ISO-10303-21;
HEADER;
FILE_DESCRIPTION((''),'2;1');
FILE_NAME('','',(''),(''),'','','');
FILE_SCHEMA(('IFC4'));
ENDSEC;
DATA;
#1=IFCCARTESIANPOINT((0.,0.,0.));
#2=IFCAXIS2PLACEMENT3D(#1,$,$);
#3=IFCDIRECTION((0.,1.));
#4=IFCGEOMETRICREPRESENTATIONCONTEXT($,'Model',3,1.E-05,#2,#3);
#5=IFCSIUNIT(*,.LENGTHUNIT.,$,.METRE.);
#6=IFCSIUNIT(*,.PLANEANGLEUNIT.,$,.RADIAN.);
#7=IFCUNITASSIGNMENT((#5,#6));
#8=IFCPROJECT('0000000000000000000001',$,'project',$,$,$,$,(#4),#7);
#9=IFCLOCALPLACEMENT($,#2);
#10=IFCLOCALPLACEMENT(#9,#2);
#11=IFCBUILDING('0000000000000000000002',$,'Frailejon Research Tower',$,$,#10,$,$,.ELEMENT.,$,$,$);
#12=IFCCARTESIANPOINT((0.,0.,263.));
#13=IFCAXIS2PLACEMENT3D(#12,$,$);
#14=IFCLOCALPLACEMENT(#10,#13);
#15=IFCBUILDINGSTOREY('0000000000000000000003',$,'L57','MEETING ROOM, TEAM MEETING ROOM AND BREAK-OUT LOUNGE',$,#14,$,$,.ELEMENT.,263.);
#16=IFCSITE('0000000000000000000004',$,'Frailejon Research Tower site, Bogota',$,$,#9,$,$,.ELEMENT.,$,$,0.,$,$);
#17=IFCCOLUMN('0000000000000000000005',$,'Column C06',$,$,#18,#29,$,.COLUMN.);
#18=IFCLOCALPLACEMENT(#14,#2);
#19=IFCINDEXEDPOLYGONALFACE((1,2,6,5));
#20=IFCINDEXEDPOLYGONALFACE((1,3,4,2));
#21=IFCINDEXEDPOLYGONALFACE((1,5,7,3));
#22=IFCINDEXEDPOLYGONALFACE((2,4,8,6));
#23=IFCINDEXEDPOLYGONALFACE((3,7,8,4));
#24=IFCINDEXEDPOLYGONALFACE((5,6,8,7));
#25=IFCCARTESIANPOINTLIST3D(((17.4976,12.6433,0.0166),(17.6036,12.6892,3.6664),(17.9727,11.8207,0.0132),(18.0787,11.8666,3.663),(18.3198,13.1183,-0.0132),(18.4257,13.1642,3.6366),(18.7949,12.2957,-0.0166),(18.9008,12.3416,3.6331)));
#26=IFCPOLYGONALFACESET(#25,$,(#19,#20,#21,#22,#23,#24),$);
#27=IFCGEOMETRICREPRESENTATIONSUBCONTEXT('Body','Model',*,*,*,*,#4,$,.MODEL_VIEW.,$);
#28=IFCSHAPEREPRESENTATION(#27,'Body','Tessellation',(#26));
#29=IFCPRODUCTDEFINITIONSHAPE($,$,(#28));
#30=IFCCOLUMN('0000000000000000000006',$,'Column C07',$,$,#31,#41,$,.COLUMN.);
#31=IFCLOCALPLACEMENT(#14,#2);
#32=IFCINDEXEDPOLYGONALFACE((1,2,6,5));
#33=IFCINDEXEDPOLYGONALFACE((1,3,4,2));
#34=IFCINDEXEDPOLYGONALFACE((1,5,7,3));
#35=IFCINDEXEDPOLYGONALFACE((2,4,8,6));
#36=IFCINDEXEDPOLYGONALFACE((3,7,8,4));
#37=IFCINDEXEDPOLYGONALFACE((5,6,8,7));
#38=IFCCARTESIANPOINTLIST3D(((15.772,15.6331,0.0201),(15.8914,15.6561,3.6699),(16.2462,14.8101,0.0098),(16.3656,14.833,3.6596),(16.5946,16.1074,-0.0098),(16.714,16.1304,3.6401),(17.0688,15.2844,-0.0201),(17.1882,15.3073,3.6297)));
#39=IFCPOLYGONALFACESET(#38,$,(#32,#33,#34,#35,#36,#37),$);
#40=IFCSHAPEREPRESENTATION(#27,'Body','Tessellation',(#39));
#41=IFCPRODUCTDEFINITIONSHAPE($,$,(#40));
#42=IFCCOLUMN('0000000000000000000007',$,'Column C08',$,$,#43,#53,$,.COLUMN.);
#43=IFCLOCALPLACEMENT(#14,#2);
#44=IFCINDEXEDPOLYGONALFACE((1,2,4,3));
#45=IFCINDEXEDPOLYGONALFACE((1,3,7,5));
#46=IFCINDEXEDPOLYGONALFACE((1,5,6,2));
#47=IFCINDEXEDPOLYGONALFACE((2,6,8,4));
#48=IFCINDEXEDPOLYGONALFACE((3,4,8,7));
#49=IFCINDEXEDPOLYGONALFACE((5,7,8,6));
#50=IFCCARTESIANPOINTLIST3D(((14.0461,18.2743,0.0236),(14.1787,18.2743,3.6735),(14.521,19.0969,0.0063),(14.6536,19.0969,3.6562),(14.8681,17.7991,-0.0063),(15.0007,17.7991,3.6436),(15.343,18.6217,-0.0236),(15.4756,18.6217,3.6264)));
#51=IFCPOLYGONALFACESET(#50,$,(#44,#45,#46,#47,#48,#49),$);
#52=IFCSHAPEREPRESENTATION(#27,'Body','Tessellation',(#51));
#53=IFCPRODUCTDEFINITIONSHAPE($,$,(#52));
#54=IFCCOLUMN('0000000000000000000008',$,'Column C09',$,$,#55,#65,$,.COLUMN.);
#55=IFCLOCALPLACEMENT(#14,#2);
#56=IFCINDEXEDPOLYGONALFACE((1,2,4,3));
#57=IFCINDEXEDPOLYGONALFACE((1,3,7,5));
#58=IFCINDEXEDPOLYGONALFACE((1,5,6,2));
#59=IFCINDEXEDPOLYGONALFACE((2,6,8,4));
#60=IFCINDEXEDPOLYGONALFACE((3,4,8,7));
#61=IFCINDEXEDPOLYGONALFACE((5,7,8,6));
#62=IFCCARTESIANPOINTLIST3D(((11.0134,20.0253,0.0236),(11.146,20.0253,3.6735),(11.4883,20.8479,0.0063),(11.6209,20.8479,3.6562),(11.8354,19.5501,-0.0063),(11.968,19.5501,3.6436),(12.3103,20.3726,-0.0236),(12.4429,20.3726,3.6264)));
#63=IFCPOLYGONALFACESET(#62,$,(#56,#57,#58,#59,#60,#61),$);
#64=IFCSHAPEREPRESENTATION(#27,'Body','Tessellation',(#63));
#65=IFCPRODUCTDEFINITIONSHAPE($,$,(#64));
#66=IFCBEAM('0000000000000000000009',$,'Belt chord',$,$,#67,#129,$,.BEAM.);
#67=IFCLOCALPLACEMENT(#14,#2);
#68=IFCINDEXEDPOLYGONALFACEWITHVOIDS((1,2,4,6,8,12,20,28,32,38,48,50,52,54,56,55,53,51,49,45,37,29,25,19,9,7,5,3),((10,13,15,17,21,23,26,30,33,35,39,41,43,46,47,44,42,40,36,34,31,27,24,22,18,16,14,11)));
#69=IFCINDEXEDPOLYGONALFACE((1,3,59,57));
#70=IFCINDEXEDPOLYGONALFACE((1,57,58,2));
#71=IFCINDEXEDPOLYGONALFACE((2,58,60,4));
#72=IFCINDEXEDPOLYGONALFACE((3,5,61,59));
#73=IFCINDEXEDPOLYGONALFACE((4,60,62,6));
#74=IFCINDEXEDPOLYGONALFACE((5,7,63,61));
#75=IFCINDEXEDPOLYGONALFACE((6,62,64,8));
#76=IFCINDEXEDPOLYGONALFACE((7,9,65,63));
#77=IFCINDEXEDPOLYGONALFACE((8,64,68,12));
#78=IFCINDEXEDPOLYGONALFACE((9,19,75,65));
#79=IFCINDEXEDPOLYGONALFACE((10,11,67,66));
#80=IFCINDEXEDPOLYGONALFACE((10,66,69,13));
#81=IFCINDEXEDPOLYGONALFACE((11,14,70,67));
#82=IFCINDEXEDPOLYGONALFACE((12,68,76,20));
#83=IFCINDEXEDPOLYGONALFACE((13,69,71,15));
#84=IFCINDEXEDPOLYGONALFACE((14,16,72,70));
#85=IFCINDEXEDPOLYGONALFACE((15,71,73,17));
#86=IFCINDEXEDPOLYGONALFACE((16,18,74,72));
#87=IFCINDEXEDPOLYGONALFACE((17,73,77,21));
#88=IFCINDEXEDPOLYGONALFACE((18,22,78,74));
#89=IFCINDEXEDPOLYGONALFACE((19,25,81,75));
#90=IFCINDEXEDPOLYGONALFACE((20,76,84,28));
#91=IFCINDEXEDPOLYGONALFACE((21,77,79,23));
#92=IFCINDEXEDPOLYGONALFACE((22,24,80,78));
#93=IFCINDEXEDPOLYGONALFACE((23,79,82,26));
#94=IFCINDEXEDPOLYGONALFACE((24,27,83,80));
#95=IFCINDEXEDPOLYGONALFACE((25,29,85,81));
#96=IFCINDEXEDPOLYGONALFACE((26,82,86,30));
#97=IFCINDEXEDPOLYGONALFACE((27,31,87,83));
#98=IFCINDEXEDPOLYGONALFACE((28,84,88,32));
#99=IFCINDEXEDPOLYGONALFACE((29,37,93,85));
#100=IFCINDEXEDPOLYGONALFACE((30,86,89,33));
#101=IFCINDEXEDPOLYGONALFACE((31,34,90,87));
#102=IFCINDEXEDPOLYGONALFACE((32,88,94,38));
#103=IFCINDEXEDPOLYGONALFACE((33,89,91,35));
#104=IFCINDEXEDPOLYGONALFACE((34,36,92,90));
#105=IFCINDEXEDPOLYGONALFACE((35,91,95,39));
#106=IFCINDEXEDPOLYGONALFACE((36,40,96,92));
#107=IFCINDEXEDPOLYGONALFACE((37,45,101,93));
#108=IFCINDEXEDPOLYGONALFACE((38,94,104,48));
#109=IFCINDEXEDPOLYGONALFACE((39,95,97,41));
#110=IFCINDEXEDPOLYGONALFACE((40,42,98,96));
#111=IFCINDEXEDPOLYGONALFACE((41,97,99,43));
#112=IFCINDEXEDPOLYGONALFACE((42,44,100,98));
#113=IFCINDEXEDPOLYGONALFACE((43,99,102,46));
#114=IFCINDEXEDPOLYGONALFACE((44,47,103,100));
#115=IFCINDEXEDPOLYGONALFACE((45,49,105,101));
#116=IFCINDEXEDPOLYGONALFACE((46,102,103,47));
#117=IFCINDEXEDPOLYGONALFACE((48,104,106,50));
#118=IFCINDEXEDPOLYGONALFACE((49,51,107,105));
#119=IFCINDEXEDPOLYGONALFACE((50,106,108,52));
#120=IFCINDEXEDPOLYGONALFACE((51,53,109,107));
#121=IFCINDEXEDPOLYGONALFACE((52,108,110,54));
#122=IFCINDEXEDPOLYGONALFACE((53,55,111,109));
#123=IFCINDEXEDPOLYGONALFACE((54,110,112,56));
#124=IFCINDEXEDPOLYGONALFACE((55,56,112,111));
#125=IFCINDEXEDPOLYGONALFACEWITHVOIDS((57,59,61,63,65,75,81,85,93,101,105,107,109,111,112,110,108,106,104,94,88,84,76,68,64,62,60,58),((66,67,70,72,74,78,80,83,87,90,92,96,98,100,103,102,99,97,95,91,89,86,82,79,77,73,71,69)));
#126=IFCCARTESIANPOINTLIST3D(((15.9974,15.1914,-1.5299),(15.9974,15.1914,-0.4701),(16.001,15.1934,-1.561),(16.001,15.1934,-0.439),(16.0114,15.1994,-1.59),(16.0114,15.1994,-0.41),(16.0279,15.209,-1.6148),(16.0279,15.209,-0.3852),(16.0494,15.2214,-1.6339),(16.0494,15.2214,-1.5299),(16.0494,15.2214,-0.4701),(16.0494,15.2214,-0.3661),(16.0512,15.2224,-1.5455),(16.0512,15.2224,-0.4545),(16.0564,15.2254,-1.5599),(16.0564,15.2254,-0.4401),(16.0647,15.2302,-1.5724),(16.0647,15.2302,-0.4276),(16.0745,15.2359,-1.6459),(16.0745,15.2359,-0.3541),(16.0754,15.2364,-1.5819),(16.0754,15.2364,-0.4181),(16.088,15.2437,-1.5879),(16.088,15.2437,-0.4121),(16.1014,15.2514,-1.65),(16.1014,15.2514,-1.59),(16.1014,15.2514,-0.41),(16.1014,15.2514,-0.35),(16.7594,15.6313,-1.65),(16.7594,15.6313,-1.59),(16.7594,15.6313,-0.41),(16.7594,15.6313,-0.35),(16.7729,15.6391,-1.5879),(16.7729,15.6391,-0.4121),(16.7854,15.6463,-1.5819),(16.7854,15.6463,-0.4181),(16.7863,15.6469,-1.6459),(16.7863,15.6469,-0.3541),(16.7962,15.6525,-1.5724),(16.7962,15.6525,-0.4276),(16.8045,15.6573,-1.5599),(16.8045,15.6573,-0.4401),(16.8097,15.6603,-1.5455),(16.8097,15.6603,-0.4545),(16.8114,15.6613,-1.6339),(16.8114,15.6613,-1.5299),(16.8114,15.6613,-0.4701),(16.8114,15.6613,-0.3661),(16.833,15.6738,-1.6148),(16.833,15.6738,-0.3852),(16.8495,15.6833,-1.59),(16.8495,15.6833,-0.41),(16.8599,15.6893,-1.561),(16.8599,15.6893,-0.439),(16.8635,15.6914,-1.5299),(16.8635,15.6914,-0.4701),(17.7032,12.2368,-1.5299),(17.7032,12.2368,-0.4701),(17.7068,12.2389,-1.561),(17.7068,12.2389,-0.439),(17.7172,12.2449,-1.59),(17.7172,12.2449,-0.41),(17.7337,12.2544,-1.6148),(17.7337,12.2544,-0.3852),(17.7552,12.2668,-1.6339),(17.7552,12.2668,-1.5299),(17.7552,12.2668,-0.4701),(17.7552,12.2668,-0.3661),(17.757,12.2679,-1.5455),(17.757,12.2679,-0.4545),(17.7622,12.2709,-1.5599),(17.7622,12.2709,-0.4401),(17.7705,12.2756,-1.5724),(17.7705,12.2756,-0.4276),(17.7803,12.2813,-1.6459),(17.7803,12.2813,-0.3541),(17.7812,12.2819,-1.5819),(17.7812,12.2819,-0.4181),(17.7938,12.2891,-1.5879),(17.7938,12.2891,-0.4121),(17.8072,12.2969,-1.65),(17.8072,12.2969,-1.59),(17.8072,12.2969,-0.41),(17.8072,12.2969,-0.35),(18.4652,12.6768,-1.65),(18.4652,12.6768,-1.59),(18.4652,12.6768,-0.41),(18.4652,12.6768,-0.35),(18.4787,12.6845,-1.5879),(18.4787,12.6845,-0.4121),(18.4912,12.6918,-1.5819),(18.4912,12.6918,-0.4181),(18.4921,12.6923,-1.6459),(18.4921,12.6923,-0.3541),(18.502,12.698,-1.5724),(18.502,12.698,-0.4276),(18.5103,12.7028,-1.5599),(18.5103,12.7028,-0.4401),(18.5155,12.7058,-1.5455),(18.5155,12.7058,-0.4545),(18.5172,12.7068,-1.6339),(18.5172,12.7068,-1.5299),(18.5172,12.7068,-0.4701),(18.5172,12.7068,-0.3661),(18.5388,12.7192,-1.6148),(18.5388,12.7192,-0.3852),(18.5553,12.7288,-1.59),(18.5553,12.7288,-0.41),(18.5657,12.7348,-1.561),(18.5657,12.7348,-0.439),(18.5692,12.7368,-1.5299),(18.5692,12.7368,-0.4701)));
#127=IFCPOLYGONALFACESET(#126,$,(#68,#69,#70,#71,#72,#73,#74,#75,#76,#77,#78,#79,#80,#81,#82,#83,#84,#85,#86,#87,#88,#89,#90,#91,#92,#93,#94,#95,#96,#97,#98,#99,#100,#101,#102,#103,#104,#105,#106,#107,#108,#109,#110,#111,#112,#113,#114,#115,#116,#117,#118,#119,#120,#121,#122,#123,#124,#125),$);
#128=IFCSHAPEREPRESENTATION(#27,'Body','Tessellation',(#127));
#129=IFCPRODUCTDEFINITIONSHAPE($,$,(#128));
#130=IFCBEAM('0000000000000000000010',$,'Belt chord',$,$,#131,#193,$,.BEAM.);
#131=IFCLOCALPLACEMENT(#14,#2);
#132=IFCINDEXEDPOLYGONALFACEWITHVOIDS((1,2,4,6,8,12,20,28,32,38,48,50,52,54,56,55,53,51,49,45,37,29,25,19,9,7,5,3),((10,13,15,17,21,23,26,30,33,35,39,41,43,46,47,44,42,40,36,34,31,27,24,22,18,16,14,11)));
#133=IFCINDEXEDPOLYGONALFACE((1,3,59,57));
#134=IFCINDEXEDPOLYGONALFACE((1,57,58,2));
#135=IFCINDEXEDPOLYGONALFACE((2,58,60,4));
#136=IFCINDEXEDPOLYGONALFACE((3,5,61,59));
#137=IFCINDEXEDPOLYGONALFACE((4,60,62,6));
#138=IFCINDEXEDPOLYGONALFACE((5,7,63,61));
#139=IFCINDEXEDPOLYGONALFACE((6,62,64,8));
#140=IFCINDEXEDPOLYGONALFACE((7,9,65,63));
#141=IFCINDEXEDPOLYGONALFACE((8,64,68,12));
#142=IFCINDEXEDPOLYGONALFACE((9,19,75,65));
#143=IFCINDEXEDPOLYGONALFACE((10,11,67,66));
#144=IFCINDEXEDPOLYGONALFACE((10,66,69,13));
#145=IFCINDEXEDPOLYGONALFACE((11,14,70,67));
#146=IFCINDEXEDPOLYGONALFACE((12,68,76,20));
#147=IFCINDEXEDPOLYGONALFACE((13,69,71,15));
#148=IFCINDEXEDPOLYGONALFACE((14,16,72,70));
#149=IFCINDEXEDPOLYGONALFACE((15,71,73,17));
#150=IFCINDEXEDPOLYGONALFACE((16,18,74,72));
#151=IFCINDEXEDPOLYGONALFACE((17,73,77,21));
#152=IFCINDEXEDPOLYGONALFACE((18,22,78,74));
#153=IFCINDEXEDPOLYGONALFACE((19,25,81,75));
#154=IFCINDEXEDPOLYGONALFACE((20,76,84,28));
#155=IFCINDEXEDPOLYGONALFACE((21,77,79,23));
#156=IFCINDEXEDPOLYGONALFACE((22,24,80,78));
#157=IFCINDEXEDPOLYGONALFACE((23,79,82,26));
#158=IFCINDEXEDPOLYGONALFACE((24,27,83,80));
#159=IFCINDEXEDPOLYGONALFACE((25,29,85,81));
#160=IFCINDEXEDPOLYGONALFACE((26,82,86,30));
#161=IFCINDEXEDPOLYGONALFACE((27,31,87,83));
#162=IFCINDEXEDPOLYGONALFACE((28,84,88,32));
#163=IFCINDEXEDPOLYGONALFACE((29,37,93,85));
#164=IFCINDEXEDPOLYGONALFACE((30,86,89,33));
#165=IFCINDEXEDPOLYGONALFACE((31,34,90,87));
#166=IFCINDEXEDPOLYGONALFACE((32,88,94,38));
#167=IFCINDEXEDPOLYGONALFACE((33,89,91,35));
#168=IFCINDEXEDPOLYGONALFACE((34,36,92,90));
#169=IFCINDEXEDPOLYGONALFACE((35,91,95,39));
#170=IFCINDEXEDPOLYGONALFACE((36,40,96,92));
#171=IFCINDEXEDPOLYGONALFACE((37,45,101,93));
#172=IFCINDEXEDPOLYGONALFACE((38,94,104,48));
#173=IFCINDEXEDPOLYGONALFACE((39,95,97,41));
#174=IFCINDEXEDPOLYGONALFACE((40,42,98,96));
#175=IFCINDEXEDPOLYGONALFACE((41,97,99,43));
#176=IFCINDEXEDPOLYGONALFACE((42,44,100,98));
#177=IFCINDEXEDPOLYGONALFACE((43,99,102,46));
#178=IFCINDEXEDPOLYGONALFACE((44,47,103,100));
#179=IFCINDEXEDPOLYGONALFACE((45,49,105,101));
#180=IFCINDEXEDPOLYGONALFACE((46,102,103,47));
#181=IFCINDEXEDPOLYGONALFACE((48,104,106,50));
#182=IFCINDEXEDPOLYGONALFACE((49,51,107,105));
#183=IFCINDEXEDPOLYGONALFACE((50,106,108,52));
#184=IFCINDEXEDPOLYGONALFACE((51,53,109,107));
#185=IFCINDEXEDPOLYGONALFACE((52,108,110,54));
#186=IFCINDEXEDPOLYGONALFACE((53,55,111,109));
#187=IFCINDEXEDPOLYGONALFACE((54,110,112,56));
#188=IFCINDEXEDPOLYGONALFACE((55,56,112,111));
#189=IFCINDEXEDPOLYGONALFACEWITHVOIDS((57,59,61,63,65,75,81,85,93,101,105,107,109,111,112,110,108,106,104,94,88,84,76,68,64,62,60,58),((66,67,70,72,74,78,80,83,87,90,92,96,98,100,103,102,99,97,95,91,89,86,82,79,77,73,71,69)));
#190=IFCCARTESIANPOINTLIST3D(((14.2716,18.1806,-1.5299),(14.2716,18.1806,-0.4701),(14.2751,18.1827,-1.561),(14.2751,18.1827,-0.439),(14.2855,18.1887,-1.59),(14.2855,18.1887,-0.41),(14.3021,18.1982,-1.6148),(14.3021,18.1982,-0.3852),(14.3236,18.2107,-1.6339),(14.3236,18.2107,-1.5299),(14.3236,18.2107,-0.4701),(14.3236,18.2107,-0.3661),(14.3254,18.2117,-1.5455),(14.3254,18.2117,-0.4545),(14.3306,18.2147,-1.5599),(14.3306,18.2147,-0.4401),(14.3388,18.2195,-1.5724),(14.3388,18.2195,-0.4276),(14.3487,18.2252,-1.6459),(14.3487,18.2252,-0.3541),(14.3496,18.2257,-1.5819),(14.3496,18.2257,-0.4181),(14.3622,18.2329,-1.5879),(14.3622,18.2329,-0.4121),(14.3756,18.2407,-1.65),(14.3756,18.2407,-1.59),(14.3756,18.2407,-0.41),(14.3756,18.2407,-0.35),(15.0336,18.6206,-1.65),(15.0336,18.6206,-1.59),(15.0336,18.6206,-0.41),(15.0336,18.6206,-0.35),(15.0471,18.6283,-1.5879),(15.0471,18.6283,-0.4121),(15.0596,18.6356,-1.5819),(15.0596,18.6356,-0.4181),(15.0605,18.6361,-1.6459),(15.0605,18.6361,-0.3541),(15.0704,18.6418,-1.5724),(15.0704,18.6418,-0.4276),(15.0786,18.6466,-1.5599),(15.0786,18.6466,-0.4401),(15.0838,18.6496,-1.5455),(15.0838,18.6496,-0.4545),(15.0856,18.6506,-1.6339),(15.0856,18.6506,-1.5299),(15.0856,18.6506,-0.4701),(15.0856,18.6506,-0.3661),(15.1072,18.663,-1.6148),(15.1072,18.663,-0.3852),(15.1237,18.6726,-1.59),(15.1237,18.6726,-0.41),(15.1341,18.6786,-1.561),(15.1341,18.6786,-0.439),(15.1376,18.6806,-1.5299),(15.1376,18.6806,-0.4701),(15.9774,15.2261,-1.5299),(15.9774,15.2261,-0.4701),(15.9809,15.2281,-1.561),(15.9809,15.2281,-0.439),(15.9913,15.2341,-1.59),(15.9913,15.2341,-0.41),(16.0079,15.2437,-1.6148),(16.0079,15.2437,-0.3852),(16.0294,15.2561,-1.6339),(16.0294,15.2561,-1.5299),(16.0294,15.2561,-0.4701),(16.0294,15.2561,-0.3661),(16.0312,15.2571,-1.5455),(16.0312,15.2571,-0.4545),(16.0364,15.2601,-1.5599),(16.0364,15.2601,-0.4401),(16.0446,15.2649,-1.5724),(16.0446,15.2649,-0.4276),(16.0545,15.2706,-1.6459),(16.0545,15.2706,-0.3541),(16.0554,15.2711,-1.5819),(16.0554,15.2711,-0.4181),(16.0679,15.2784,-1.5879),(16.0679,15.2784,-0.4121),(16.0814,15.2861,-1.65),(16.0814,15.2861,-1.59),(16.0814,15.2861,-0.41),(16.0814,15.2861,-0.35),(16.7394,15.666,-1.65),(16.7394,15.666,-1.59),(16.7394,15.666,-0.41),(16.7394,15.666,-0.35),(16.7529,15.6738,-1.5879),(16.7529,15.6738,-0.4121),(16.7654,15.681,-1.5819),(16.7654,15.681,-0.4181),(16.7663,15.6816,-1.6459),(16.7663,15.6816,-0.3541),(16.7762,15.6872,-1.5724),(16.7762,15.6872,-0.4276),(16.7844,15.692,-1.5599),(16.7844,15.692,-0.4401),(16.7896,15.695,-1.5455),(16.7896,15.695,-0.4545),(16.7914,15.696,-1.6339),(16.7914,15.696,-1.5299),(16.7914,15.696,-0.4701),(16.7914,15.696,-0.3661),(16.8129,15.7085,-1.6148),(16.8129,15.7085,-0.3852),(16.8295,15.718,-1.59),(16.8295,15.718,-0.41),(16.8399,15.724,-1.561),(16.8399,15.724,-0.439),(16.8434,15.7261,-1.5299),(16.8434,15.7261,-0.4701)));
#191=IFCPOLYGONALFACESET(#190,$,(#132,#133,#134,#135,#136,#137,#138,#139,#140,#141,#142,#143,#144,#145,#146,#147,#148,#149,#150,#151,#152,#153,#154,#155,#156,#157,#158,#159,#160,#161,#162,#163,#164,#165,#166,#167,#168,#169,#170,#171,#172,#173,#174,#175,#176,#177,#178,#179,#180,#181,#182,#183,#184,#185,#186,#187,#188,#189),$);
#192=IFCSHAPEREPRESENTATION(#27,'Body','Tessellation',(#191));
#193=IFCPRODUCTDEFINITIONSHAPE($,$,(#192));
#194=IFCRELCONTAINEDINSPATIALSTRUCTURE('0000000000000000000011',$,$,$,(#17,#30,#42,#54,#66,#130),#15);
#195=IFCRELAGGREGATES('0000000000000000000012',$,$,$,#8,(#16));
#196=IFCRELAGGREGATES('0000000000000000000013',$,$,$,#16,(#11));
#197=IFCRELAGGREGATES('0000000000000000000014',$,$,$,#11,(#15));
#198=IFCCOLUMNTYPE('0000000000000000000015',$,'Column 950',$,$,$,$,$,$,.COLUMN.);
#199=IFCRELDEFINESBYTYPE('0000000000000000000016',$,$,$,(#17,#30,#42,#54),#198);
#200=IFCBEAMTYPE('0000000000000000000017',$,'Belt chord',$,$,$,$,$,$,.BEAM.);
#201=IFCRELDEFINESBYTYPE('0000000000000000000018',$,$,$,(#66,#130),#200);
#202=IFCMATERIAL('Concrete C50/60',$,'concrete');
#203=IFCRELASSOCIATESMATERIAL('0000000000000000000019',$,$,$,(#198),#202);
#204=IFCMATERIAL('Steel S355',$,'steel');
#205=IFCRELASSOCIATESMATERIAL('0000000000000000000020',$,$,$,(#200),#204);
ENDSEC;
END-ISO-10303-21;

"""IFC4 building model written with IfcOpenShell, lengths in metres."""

from ifc_helpers import new_model, si_unit, direction, frame, origin, origin_2d, place, context, subcontext, project, spatial, rectangle, hollow_rectangle, extrude, material, material_profile, profile_set, type_object, element, save


model = new_model("IFC4")

# Units and contexts
model_context = context("Model", 3, precision=1e-05, world=origin(), true_north=direction((0.0, 1.0)))
body_context = subcontext(model_context, "Body", "Model", "MODEL_VIEW")
ifc_project = project(units=[si_unit("LENGTHUNIT", "METRE"), si_unit("PLANEANGLEUNIT", "RADIAN")], contexts=[model_context])

# Site, building, storey
site_placement = place(None, origin())
site = spatial("IfcSite", under=ifc_project, at=site_placement, Name="Frailejon Research Tower site, Bogota", CompositionType="ELEMENT", RefElevation=0.0)
building_placement = place(site_placement, origin())
building = spatial("IfcBuilding", under=site, at=building_placement, Name="Frailejon Research Tower", CompositionType="ELEMENT")
storey_placement = place(building_placement, frame((0.0, 0.0, 263.0)))
storey = spatial("IfcBuildingStorey", under=building, at=storey_placement, Name="L57", Description="MEETING ROOM, TEAM MEETING ROOM AND BREAK-OUT LOUNGE", CompositionType="ELEMENT", Elevation=263.0)

# Columns
ifc_material_1 = material(Name="Concrete C50/60", Category="concrete")
ifc_material_profile_1 = material_profile(ifc_material_1, rectangle(XDim=0.95, YDim=0.95, at=origin_2d()), Name="Column 950")
ifc_profile_set_1 = profile_set([ifc_material_profile_1], Name="Concrete C50/60")
column_type = type_object("IfcColumnType", Name="Column 950", PredefinedType="COLUMN", material=ifc_profile_set_1)
column_1_placement = place(storey_placement, frame((18.1462, 12.4695, 0.0), z_axis=(0.029016, 0.012569, 0.9995), x_axis=(-0.500121, 0.865948, 0.003629)))
element("IfcColumn", 1, at=column_1_placement, inside=storey, type_object=column_type, Name="Column C06", PredefinedType="COLUMN", context=body_context, shape_type="SweptSolid", body=[
    extrude(rectangle(XDim=0.95, YDim=0.95, at=origin_2d()), origin(), (0.0, 0.0, 1.0), 3.6516),
])
column_2_placement = place(storey_placement, frame((16.4204, 15.4587, 0.0), z_axis=(0.032691, 0.006284, 0.999446), x_axis=(-0.49919, 0.866424, 0.01088)))
element("IfcColumn", 2, at=column_2_placement, inside=storey, type_object=column_type, Name="Column C07", PredefinedType="COLUMN", context=body_context, shape_type="SweptSolid", body=[
    extrude(rectangle(XDim=0.95, YDim=0.95, at=origin_2d()), origin(), (0.0, 0.0, 1.0), 3.6519),
])
for number, where, z_axis, x_axis, name in (
    (3, (14.6946, 18.448, 0.0), (0.036297, 0.0, 0.999341), (-0.865313, 0.500246, 0.031429), "Column C08"),
    (4, (11.6619, 20.199, 0.0), (0.036297, 0.0, 0.999341), (-0.865313, 0.500246, 0.031429), "Column C09"),
):
    element("IfcColumn", number, at=place(storey_placement, frame(where, z_axis=z_axis, x_axis=x_axis)), inside=storey, type_object=column_type, Name=name, PredefinedType="COLUMN", context=body_context, shape_type="SweptSolid", body=[
        extrude(rectangle(XDim=0.95, YDim=0.95, at=origin_2d()), origin(), (0.0, 0.0, 1.0), 3.6523),
    ])

# Beams
ifc_material_2 = material(Name="Steel S355", Category="steel")
ifc_material_profile_2 = material_profile(ifc_material_2, hollow_rectangle(XDim=1.0, YDim=1.3, WallThickness=0.0601, InnerFilletRadius=0.0601, OuterFilletRadius=0.1201, at=origin_2d()), Name="Belt chord")
ifc_profile_set_2 = profile_set([ifc_material_profile_2], Name="Steel S355")
beam_type_1 = type_object("IfcBeamType", Name="Belt chord", PredefinedType="BEAM", material=ifc_profile_set_2)
for number, where, z_axis, x_axis, name in (
    (5, (18.1362, 12.4868, -1.0), (-0.499995, 0.866028, 0.0), (-0.866028, -0.499995, 0.0), "Belt chord"),
    (6, (16.4104, 15.4761, -1.0), (-0.499995, 0.866028, 0.0), (-0.866028, -0.499995, 0.0), "Belt chord"),
):
    element("IfcBeam", number, at=place(storey_placement, frame(where, z_axis=z_axis, x_axis=x_axis)), inside=storey, type_object=beam_type_1, Name=name, PredefinedType="BEAM", context=body_context, shape_type="SweptSolid", body=[
        extrude(hollow_rectangle(XDim=1.0, YDim=1.3, WallThickness=0.0601, InnerFilletRadius=0.0601, OuterFilletRadius=0.1201, at=origin_2d()), origin(), (0.0, 0.0, 1.0), 3.4116),
    ])

save(model, "model.ifc")
